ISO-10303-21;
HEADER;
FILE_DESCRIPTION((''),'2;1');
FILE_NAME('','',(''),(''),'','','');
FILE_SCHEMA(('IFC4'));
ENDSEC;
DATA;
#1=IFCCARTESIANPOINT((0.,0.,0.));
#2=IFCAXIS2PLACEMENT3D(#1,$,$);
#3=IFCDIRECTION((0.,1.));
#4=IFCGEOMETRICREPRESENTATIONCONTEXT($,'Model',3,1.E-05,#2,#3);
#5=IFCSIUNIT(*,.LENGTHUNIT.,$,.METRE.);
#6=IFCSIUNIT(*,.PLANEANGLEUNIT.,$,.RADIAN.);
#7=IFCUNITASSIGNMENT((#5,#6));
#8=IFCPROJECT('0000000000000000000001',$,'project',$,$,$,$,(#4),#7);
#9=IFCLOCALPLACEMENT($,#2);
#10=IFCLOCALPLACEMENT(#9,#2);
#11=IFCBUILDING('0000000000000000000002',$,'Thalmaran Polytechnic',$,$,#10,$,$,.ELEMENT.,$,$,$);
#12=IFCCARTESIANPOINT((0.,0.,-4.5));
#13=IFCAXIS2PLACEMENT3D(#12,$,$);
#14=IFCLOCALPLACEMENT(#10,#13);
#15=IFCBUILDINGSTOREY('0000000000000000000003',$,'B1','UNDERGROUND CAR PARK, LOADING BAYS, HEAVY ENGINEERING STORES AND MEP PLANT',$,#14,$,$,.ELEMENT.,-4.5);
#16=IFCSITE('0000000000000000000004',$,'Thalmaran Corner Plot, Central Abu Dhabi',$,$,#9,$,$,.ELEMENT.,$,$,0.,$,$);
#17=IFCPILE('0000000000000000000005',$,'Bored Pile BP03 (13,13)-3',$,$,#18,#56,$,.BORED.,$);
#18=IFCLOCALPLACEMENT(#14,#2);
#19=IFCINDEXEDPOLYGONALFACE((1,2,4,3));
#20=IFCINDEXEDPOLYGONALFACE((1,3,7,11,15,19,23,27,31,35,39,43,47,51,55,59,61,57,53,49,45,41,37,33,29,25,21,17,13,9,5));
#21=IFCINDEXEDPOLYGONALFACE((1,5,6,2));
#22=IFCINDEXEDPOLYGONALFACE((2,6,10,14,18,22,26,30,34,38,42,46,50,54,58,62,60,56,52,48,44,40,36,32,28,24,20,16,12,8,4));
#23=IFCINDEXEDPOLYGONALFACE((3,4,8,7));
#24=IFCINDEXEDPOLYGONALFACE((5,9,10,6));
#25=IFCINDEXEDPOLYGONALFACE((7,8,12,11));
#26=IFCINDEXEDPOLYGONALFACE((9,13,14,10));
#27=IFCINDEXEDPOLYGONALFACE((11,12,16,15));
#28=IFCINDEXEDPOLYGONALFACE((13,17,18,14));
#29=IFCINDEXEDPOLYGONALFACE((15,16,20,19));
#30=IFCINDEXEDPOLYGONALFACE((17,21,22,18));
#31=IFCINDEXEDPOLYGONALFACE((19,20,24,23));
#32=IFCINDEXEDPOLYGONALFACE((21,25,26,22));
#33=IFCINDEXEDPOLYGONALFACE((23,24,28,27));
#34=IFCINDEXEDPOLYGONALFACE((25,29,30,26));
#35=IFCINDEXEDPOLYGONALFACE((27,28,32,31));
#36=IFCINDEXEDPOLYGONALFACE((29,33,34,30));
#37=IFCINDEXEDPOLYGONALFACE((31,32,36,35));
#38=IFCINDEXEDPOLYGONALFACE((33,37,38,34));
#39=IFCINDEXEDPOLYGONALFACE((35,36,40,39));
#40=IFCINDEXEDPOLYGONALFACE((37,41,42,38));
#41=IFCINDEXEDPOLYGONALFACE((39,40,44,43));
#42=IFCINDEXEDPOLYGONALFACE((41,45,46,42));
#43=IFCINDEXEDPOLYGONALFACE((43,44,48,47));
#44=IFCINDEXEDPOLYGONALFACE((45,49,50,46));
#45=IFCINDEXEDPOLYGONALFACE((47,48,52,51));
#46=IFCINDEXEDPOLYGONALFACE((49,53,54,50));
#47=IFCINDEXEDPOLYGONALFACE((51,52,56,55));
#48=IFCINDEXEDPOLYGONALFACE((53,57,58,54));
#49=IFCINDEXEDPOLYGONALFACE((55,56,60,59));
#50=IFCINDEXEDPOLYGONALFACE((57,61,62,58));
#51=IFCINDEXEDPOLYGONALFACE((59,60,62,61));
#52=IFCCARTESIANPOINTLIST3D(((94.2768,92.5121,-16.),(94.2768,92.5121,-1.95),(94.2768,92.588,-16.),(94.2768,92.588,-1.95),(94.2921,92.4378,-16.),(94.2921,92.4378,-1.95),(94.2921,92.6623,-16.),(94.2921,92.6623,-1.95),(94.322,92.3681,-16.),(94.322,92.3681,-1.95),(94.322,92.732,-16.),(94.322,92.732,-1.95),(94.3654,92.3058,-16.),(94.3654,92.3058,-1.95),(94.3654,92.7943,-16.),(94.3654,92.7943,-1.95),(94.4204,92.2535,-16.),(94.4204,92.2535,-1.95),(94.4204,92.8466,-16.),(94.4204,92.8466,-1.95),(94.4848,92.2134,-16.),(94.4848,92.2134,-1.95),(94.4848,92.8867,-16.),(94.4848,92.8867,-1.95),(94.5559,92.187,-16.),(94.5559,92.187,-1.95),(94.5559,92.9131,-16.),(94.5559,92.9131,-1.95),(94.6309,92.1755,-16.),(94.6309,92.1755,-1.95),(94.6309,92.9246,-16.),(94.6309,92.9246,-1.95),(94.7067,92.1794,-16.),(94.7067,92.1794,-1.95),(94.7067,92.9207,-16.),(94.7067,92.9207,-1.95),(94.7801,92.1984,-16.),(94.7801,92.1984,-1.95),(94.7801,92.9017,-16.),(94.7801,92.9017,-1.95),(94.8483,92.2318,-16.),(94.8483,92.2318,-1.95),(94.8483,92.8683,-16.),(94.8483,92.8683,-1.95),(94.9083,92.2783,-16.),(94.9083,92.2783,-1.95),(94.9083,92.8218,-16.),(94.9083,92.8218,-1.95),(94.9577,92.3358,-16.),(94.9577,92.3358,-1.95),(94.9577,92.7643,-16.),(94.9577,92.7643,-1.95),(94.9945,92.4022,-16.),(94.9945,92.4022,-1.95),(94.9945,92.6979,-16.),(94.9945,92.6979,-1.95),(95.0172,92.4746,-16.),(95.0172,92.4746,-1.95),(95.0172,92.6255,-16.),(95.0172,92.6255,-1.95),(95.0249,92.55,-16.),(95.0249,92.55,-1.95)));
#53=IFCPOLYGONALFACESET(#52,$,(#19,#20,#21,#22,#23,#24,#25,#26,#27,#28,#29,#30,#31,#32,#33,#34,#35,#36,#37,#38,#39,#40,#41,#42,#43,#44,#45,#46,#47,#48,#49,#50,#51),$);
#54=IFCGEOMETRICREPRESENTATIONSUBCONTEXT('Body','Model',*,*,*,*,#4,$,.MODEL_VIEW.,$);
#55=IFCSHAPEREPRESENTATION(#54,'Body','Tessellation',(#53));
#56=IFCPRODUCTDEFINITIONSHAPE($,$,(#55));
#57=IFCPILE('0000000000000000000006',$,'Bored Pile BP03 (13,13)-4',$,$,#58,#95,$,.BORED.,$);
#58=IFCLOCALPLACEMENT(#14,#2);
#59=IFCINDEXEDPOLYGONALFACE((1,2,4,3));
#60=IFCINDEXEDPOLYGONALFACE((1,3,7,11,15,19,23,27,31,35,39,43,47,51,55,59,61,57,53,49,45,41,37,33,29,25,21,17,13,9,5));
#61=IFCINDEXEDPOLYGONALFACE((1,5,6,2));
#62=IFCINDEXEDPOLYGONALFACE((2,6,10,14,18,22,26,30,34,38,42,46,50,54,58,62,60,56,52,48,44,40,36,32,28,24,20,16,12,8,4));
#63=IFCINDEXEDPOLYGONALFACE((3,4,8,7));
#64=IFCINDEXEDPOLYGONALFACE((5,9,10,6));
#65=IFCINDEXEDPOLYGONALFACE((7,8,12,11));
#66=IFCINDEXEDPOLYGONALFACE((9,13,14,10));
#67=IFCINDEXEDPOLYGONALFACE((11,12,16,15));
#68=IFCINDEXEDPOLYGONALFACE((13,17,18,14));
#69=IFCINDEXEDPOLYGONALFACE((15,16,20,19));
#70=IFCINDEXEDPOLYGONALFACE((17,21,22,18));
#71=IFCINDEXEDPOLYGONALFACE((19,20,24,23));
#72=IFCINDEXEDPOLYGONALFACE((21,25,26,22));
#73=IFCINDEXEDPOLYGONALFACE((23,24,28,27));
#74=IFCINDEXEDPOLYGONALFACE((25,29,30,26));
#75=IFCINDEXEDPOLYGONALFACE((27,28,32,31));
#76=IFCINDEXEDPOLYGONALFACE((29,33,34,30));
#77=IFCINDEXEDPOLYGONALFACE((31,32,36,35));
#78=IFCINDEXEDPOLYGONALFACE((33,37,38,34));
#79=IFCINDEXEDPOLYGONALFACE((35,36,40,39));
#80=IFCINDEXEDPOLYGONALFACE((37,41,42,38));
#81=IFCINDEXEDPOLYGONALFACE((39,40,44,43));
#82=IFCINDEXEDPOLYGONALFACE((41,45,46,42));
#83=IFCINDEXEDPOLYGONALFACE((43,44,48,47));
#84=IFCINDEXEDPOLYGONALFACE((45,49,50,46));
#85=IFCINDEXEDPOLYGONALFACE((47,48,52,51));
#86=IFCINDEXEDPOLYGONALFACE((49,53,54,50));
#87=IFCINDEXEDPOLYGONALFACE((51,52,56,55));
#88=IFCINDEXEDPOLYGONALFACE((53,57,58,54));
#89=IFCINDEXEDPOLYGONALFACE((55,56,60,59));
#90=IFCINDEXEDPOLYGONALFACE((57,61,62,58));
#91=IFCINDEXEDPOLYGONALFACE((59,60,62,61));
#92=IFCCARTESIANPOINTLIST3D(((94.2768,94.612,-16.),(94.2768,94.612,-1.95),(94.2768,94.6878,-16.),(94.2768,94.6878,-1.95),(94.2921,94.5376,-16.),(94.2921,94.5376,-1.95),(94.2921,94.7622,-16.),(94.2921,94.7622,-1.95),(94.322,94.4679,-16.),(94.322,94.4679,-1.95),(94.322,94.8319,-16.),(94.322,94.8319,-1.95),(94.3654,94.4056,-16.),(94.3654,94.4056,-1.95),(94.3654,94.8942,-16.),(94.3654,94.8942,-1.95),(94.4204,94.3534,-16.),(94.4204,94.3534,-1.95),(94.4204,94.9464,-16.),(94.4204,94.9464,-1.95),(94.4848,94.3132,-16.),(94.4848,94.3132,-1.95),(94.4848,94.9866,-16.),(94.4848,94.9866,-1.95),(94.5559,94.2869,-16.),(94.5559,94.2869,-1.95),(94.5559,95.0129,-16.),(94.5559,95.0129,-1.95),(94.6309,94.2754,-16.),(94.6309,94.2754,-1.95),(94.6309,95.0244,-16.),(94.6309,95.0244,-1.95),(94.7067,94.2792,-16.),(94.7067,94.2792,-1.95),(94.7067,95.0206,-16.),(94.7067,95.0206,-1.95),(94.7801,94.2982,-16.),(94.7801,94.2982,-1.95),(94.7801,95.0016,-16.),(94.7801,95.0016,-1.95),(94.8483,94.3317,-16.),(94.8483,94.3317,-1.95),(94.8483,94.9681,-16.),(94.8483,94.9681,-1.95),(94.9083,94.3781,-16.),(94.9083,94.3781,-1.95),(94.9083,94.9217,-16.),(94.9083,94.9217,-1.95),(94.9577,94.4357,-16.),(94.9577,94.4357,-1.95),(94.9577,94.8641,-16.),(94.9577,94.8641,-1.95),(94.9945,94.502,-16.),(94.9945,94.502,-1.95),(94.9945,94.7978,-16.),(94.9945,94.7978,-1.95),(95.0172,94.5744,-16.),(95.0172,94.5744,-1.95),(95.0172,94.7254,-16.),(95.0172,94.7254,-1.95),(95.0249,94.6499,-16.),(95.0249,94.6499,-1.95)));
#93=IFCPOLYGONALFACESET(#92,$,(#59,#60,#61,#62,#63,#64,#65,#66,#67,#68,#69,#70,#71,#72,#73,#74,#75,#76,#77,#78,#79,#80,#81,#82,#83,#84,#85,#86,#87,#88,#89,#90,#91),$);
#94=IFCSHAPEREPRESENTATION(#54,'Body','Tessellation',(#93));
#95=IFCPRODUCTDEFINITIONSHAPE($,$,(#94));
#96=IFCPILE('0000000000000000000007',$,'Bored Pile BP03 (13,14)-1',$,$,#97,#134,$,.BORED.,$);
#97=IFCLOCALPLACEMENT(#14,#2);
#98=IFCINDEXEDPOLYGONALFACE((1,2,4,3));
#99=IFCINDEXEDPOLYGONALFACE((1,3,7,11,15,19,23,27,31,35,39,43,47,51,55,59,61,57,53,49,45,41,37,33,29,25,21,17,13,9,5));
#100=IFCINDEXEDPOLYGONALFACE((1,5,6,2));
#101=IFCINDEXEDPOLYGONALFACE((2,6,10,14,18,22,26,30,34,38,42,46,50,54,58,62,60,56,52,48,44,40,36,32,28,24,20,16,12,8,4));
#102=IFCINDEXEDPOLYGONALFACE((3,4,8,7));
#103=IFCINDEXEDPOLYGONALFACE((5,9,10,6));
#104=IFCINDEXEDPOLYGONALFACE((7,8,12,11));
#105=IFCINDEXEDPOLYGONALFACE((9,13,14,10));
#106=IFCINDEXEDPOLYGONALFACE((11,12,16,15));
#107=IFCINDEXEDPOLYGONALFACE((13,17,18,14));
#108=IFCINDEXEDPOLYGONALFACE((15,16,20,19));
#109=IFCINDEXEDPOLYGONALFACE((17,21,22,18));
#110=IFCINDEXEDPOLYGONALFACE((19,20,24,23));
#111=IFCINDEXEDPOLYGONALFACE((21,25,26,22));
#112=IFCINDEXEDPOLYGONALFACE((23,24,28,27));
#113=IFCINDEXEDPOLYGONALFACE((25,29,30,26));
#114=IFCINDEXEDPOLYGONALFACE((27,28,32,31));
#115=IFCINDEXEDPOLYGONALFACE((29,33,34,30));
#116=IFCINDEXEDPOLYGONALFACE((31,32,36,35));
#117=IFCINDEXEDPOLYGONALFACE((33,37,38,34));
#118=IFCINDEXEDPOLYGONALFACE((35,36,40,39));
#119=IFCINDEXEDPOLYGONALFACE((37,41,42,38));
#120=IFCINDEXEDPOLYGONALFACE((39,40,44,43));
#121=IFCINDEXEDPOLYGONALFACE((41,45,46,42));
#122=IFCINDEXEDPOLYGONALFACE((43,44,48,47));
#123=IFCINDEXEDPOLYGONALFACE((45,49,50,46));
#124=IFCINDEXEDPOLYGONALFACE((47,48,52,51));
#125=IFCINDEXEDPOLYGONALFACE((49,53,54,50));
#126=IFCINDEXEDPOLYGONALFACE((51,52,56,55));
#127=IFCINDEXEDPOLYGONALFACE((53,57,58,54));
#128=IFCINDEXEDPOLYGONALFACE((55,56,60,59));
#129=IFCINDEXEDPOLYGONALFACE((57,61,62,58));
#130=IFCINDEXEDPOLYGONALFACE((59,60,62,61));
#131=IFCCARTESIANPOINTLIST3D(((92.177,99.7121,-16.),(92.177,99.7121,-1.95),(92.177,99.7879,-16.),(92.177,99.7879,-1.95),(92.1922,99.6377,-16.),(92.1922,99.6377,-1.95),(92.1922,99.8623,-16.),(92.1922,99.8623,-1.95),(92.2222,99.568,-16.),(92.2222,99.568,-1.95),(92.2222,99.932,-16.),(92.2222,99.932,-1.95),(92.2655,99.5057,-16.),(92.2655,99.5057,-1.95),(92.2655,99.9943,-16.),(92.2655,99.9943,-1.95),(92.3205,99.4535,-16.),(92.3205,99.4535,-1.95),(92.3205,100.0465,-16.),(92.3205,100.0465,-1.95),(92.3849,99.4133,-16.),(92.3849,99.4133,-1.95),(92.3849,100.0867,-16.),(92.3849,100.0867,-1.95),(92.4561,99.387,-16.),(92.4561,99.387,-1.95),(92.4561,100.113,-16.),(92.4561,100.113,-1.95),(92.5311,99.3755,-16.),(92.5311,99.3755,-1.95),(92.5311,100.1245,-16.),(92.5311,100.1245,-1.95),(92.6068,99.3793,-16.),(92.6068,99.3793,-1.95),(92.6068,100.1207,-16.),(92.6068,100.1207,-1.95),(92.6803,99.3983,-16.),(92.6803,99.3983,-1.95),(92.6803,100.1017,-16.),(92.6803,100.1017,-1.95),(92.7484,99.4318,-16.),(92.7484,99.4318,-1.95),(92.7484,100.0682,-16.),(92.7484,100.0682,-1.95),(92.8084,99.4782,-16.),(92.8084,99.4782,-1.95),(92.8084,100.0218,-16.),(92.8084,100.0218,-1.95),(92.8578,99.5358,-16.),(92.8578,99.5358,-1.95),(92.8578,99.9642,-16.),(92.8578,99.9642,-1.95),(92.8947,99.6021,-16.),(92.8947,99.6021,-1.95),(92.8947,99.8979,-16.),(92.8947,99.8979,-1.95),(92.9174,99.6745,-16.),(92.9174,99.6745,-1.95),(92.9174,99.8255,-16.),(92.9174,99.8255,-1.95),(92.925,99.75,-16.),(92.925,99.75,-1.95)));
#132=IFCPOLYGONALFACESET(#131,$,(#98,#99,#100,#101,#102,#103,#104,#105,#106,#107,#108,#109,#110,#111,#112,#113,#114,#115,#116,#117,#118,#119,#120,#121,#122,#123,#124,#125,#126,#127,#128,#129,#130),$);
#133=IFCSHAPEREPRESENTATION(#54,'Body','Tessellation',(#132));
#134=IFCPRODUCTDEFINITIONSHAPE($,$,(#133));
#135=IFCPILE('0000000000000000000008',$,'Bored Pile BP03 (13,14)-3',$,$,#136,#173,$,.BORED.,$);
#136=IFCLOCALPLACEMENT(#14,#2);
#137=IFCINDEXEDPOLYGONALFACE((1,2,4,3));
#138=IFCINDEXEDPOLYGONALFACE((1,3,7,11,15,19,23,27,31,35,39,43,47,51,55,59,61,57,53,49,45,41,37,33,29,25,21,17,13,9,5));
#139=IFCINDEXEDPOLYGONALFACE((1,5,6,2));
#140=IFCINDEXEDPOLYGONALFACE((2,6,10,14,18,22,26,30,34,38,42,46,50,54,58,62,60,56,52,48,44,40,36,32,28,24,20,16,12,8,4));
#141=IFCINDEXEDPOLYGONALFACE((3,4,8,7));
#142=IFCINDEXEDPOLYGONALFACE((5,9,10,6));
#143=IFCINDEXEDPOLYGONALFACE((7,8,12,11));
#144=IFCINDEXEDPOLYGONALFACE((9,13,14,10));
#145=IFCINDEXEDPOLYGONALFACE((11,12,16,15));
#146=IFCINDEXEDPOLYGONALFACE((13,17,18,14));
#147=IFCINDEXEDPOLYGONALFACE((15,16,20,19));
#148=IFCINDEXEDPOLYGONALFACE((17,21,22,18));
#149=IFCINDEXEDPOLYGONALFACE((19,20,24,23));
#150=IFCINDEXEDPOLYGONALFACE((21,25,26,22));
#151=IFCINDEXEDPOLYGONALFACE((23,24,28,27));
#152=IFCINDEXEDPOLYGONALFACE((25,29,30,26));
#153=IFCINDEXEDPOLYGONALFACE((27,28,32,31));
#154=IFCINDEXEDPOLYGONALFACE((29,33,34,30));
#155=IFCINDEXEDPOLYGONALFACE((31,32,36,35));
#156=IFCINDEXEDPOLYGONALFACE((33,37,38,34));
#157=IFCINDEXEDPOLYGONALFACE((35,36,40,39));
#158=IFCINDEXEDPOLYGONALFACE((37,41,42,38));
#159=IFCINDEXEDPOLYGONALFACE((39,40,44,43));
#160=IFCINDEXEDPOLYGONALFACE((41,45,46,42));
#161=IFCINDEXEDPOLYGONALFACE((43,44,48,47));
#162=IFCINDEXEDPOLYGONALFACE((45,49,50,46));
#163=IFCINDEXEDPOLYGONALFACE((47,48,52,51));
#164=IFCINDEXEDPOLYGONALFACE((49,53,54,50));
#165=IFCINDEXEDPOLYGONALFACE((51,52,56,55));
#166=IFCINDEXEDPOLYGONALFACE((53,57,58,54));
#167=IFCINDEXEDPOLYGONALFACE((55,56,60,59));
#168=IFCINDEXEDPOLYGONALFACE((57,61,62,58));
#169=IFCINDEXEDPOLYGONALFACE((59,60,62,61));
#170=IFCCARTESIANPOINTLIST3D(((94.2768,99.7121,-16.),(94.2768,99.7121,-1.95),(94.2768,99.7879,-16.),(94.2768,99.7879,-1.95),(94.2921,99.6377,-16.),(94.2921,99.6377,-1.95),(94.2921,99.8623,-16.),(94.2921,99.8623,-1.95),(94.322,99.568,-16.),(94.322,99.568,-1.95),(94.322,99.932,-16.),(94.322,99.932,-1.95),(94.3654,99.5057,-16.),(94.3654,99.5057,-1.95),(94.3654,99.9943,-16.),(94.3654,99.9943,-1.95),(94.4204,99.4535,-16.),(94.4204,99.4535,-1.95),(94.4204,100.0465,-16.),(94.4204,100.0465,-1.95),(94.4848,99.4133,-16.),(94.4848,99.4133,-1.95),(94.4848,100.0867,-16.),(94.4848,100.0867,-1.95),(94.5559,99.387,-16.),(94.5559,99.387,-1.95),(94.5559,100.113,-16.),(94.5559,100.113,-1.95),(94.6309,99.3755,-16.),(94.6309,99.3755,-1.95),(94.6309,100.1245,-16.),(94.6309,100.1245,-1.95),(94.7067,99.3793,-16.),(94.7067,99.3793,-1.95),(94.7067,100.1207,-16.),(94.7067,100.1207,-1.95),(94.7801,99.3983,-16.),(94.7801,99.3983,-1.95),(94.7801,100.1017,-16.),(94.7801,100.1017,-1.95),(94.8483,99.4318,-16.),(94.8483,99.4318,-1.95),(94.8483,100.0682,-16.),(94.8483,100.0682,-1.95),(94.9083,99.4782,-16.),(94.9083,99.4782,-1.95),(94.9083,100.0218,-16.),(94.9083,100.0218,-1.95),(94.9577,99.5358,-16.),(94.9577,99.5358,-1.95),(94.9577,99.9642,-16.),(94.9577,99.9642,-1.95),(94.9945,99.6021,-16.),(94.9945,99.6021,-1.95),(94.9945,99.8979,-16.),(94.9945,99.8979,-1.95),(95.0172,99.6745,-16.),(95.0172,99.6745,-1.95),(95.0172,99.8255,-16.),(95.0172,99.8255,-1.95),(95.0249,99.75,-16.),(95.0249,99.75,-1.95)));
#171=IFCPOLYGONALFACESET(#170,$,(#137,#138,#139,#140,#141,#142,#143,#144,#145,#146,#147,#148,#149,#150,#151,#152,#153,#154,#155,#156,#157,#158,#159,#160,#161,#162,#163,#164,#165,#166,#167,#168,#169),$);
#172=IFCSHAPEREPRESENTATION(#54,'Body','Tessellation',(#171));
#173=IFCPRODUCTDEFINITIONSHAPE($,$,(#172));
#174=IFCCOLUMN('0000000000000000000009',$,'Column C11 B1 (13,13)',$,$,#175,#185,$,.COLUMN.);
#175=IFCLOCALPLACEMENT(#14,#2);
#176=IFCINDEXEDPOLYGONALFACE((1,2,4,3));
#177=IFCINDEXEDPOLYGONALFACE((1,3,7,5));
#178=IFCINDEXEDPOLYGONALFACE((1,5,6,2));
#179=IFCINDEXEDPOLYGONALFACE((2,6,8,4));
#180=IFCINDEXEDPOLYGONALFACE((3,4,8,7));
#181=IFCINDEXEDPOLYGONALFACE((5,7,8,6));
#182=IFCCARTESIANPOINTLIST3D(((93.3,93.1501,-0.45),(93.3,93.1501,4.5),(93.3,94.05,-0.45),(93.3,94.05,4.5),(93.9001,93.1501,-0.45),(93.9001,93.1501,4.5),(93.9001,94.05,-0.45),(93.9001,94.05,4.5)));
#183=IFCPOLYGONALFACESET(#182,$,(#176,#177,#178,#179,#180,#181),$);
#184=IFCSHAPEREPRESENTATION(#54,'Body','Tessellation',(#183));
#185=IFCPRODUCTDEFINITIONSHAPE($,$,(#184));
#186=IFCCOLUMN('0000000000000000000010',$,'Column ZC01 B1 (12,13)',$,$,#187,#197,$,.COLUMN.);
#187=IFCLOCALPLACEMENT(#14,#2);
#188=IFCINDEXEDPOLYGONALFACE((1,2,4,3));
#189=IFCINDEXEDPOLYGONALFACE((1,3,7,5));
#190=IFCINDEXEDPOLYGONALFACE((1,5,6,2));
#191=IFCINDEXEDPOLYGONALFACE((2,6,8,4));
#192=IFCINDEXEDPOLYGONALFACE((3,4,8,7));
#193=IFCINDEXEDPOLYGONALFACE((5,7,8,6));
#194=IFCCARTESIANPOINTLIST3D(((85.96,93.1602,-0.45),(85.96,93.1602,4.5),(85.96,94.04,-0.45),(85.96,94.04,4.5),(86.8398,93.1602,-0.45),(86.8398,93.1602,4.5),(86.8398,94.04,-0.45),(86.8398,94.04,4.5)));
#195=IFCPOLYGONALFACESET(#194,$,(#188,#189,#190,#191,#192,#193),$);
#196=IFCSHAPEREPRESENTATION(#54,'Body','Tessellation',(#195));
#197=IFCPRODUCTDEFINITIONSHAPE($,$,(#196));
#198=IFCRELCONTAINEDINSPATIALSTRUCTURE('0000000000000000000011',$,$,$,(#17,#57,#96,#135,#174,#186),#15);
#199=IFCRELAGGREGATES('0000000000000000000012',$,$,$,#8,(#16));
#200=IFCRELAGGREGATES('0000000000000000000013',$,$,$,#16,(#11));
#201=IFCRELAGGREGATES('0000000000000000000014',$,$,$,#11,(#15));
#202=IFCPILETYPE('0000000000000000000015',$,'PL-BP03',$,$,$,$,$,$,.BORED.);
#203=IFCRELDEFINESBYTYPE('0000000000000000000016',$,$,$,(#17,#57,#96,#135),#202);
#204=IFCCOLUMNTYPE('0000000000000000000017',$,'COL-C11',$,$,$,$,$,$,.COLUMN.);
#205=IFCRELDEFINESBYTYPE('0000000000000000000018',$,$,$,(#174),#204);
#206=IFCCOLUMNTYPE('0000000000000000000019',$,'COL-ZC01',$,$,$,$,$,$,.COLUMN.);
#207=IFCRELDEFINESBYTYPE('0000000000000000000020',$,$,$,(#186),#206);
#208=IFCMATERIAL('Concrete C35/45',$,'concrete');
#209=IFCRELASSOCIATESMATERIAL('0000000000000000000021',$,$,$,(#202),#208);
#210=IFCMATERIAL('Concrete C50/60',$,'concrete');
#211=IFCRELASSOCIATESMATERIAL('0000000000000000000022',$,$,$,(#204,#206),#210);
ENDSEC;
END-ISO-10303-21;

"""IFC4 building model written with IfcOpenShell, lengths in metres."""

from ifc_helpers import new_model, si_unit, direction, frame, origin, origin_2d, place, context, subcontext, project, spatial, rectangle, circle, extrude, material, material_profile, profile_set, type_object, element, save


model = new_model("IFC4")

# Units and contexts
model_context = context("Model", 3, precision=1e-05, world=origin(), true_north=direction((0.0, 1.0)))
body_context = subcontext(model_context, "Body", "Model", "MODEL_VIEW")
ifc_project = project(units=[si_unit("LENGTHUNIT", "METRE"), si_unit("PLANEANGLEUNIT", "RADIAN")], contexts=[model_context])

# Site, building, storey
site_placement = place(None, origin())
site = spatial("IfcSite", under=ifc_project, at=site_placement, Name="Thalmaran Corner Plot, Central Abu Dhabi", CompositionType="ELEMENT", RefElevation=0.0)
building_placement = place(site_placement, origin())
building = spatial("IfcBuilding", under=site, at=building_placement, Name="Thalmaran Polytechnic", CompositionType="ELEMENT")
storey_placement = place(building_placement, frame((0.0, 0.0, -4.5)))
storey = spatial("IfcBuildingStorey", under=building, at=storey_placement, Name="B1", Description="UNDERGROUND CAR PARK, LOADING BAYS, HEAVY ENGINEERING STORES AND MEP PLANT", CompositionType="ELEMENT", Elevation=-4.5)

# Piles
ifc_material_1 = material(Name="Concrete C35/45", Category="concrete")
ifc_material_profile_1 = material_profile(ifc_material_1, circle(Radius=0.375, at=origin_2d()), Name="RC 750 DIA")
ifc_profile_set_1 = profile_set([ifc_material_profile_1], Name="Concrete C35/45")
pile_type = type_object("IfcPileType", Name="PL-BP03", PredefinedType="BORED", material=ifc_profile_set_1)
for number, where, z_axis, x_axis, name in (
    (1, (94.6499, 92.55, -1.95), (0.0, 0.0, -1.0), (1.0, 0.0, 0.0), "Bored Pile BP03 (13,13)-3"),
    (2, (94.6499, 94.6499, -1.95), (0.0, 0.0, -1.0), (1.0, 0.0, 0.0), "Bored Pile BP03 (13,13)-4"),
    (3, (92.55, 99.75, -1.95), (0.0, 0.0, -1.0), (1.0, 0.0, 0.0), "Bored Pile BP03 (13,14)-1"),
    (4, (94.6499, 99.75, -1.95), (0.0, 0.0, -1.0), (1.0, 0.0, 0.0), "Bored Pile BP03 (13,14)-3"),
):
    element("IfcPile", number, at=place(storey_placement, frame(where, z_axis=z_axis, x_axis=x_axis)), inside=storey, type_object=pile_type, Name=name, PredefinedType="BORED", context=body_context, shape_type="SweptSolid", body=[
        extrude(circle(Radius=0.375, at=origin_2d()), origin(), (0.0, 0.0, 1.0), 14.05),
    ])

# Columns
ifc_material_2 = material(Name="Concrete C50/60", Category="concrete")
ifc_material_profile_2 = material_profile(ifc_material_2, rectangle(XDim=0.6001, YDim=0.8999, at=origin_2d()), Name="RC 600x900")
ifc_profile_set_2 = profile_set([ifc_material_profile_2], Name="Concrete C50/60")
column_type_1 = type_object("IfcColumnType", Name="COL-C11", PredefinedType="COLUMN", material=ifc_profile_set_2)
column_1_placement = place(storey_placement, frame((93.6001, 93.6001, -0.45), z_axis=(0.0, 0.0, 1.0), x_axis=(1.0, 0.0, 0.0)))
element("IfcColumn", 5, at=column_1_placement, inside=storey, type_object=column_type_1, Name="Column C11 B1 (13,13)", PredefinedType="COLUMN", context=body_context, shape_type="SweptSolid", body=[
    extrude(rectangle(XDim=0.6001, YDim=0.8999, at=origin_2d()), origin(), (0.0, 0.0, 1.0), 4.95),
])
ifc_material_profile_3 = material_profile(ifc_material_2, rectangle(XDim=0.8799, YDim=0.8799, at=origin_2d()), Name="RC 880x880")
ifc_profile_set_3 = profile_set([ifc_material_profile_3], Name="Concrete C50/60")
column_type_2 = type_object("IfcColumnType", Name="COL-ZC01", PredefinedType="COLUMN", material=ifc_profile_set_3)
column_2_placement = place(storey_placement, frame((86.3999, 93.6001, -0.45), z_axis=(0.0, 0.0, 1.0), x_axis=(1.0, 0.0, 0.0)))
element("IfcColumn", 6, at=column_2_placement, inside=storey, type_object=column_type_2, Name="Column ZC01 B1 (12,13)", PredefinedType="COLUMN", context=body_context, shape_type="SweptSolid", body=[
    extrude(rectangle(XDim=0.8799, YDim=0.8799, at=origin_2d()), origin(), (0.0, 0.0, 1.0), 4.95),
])

save(model, "model.ifc")
